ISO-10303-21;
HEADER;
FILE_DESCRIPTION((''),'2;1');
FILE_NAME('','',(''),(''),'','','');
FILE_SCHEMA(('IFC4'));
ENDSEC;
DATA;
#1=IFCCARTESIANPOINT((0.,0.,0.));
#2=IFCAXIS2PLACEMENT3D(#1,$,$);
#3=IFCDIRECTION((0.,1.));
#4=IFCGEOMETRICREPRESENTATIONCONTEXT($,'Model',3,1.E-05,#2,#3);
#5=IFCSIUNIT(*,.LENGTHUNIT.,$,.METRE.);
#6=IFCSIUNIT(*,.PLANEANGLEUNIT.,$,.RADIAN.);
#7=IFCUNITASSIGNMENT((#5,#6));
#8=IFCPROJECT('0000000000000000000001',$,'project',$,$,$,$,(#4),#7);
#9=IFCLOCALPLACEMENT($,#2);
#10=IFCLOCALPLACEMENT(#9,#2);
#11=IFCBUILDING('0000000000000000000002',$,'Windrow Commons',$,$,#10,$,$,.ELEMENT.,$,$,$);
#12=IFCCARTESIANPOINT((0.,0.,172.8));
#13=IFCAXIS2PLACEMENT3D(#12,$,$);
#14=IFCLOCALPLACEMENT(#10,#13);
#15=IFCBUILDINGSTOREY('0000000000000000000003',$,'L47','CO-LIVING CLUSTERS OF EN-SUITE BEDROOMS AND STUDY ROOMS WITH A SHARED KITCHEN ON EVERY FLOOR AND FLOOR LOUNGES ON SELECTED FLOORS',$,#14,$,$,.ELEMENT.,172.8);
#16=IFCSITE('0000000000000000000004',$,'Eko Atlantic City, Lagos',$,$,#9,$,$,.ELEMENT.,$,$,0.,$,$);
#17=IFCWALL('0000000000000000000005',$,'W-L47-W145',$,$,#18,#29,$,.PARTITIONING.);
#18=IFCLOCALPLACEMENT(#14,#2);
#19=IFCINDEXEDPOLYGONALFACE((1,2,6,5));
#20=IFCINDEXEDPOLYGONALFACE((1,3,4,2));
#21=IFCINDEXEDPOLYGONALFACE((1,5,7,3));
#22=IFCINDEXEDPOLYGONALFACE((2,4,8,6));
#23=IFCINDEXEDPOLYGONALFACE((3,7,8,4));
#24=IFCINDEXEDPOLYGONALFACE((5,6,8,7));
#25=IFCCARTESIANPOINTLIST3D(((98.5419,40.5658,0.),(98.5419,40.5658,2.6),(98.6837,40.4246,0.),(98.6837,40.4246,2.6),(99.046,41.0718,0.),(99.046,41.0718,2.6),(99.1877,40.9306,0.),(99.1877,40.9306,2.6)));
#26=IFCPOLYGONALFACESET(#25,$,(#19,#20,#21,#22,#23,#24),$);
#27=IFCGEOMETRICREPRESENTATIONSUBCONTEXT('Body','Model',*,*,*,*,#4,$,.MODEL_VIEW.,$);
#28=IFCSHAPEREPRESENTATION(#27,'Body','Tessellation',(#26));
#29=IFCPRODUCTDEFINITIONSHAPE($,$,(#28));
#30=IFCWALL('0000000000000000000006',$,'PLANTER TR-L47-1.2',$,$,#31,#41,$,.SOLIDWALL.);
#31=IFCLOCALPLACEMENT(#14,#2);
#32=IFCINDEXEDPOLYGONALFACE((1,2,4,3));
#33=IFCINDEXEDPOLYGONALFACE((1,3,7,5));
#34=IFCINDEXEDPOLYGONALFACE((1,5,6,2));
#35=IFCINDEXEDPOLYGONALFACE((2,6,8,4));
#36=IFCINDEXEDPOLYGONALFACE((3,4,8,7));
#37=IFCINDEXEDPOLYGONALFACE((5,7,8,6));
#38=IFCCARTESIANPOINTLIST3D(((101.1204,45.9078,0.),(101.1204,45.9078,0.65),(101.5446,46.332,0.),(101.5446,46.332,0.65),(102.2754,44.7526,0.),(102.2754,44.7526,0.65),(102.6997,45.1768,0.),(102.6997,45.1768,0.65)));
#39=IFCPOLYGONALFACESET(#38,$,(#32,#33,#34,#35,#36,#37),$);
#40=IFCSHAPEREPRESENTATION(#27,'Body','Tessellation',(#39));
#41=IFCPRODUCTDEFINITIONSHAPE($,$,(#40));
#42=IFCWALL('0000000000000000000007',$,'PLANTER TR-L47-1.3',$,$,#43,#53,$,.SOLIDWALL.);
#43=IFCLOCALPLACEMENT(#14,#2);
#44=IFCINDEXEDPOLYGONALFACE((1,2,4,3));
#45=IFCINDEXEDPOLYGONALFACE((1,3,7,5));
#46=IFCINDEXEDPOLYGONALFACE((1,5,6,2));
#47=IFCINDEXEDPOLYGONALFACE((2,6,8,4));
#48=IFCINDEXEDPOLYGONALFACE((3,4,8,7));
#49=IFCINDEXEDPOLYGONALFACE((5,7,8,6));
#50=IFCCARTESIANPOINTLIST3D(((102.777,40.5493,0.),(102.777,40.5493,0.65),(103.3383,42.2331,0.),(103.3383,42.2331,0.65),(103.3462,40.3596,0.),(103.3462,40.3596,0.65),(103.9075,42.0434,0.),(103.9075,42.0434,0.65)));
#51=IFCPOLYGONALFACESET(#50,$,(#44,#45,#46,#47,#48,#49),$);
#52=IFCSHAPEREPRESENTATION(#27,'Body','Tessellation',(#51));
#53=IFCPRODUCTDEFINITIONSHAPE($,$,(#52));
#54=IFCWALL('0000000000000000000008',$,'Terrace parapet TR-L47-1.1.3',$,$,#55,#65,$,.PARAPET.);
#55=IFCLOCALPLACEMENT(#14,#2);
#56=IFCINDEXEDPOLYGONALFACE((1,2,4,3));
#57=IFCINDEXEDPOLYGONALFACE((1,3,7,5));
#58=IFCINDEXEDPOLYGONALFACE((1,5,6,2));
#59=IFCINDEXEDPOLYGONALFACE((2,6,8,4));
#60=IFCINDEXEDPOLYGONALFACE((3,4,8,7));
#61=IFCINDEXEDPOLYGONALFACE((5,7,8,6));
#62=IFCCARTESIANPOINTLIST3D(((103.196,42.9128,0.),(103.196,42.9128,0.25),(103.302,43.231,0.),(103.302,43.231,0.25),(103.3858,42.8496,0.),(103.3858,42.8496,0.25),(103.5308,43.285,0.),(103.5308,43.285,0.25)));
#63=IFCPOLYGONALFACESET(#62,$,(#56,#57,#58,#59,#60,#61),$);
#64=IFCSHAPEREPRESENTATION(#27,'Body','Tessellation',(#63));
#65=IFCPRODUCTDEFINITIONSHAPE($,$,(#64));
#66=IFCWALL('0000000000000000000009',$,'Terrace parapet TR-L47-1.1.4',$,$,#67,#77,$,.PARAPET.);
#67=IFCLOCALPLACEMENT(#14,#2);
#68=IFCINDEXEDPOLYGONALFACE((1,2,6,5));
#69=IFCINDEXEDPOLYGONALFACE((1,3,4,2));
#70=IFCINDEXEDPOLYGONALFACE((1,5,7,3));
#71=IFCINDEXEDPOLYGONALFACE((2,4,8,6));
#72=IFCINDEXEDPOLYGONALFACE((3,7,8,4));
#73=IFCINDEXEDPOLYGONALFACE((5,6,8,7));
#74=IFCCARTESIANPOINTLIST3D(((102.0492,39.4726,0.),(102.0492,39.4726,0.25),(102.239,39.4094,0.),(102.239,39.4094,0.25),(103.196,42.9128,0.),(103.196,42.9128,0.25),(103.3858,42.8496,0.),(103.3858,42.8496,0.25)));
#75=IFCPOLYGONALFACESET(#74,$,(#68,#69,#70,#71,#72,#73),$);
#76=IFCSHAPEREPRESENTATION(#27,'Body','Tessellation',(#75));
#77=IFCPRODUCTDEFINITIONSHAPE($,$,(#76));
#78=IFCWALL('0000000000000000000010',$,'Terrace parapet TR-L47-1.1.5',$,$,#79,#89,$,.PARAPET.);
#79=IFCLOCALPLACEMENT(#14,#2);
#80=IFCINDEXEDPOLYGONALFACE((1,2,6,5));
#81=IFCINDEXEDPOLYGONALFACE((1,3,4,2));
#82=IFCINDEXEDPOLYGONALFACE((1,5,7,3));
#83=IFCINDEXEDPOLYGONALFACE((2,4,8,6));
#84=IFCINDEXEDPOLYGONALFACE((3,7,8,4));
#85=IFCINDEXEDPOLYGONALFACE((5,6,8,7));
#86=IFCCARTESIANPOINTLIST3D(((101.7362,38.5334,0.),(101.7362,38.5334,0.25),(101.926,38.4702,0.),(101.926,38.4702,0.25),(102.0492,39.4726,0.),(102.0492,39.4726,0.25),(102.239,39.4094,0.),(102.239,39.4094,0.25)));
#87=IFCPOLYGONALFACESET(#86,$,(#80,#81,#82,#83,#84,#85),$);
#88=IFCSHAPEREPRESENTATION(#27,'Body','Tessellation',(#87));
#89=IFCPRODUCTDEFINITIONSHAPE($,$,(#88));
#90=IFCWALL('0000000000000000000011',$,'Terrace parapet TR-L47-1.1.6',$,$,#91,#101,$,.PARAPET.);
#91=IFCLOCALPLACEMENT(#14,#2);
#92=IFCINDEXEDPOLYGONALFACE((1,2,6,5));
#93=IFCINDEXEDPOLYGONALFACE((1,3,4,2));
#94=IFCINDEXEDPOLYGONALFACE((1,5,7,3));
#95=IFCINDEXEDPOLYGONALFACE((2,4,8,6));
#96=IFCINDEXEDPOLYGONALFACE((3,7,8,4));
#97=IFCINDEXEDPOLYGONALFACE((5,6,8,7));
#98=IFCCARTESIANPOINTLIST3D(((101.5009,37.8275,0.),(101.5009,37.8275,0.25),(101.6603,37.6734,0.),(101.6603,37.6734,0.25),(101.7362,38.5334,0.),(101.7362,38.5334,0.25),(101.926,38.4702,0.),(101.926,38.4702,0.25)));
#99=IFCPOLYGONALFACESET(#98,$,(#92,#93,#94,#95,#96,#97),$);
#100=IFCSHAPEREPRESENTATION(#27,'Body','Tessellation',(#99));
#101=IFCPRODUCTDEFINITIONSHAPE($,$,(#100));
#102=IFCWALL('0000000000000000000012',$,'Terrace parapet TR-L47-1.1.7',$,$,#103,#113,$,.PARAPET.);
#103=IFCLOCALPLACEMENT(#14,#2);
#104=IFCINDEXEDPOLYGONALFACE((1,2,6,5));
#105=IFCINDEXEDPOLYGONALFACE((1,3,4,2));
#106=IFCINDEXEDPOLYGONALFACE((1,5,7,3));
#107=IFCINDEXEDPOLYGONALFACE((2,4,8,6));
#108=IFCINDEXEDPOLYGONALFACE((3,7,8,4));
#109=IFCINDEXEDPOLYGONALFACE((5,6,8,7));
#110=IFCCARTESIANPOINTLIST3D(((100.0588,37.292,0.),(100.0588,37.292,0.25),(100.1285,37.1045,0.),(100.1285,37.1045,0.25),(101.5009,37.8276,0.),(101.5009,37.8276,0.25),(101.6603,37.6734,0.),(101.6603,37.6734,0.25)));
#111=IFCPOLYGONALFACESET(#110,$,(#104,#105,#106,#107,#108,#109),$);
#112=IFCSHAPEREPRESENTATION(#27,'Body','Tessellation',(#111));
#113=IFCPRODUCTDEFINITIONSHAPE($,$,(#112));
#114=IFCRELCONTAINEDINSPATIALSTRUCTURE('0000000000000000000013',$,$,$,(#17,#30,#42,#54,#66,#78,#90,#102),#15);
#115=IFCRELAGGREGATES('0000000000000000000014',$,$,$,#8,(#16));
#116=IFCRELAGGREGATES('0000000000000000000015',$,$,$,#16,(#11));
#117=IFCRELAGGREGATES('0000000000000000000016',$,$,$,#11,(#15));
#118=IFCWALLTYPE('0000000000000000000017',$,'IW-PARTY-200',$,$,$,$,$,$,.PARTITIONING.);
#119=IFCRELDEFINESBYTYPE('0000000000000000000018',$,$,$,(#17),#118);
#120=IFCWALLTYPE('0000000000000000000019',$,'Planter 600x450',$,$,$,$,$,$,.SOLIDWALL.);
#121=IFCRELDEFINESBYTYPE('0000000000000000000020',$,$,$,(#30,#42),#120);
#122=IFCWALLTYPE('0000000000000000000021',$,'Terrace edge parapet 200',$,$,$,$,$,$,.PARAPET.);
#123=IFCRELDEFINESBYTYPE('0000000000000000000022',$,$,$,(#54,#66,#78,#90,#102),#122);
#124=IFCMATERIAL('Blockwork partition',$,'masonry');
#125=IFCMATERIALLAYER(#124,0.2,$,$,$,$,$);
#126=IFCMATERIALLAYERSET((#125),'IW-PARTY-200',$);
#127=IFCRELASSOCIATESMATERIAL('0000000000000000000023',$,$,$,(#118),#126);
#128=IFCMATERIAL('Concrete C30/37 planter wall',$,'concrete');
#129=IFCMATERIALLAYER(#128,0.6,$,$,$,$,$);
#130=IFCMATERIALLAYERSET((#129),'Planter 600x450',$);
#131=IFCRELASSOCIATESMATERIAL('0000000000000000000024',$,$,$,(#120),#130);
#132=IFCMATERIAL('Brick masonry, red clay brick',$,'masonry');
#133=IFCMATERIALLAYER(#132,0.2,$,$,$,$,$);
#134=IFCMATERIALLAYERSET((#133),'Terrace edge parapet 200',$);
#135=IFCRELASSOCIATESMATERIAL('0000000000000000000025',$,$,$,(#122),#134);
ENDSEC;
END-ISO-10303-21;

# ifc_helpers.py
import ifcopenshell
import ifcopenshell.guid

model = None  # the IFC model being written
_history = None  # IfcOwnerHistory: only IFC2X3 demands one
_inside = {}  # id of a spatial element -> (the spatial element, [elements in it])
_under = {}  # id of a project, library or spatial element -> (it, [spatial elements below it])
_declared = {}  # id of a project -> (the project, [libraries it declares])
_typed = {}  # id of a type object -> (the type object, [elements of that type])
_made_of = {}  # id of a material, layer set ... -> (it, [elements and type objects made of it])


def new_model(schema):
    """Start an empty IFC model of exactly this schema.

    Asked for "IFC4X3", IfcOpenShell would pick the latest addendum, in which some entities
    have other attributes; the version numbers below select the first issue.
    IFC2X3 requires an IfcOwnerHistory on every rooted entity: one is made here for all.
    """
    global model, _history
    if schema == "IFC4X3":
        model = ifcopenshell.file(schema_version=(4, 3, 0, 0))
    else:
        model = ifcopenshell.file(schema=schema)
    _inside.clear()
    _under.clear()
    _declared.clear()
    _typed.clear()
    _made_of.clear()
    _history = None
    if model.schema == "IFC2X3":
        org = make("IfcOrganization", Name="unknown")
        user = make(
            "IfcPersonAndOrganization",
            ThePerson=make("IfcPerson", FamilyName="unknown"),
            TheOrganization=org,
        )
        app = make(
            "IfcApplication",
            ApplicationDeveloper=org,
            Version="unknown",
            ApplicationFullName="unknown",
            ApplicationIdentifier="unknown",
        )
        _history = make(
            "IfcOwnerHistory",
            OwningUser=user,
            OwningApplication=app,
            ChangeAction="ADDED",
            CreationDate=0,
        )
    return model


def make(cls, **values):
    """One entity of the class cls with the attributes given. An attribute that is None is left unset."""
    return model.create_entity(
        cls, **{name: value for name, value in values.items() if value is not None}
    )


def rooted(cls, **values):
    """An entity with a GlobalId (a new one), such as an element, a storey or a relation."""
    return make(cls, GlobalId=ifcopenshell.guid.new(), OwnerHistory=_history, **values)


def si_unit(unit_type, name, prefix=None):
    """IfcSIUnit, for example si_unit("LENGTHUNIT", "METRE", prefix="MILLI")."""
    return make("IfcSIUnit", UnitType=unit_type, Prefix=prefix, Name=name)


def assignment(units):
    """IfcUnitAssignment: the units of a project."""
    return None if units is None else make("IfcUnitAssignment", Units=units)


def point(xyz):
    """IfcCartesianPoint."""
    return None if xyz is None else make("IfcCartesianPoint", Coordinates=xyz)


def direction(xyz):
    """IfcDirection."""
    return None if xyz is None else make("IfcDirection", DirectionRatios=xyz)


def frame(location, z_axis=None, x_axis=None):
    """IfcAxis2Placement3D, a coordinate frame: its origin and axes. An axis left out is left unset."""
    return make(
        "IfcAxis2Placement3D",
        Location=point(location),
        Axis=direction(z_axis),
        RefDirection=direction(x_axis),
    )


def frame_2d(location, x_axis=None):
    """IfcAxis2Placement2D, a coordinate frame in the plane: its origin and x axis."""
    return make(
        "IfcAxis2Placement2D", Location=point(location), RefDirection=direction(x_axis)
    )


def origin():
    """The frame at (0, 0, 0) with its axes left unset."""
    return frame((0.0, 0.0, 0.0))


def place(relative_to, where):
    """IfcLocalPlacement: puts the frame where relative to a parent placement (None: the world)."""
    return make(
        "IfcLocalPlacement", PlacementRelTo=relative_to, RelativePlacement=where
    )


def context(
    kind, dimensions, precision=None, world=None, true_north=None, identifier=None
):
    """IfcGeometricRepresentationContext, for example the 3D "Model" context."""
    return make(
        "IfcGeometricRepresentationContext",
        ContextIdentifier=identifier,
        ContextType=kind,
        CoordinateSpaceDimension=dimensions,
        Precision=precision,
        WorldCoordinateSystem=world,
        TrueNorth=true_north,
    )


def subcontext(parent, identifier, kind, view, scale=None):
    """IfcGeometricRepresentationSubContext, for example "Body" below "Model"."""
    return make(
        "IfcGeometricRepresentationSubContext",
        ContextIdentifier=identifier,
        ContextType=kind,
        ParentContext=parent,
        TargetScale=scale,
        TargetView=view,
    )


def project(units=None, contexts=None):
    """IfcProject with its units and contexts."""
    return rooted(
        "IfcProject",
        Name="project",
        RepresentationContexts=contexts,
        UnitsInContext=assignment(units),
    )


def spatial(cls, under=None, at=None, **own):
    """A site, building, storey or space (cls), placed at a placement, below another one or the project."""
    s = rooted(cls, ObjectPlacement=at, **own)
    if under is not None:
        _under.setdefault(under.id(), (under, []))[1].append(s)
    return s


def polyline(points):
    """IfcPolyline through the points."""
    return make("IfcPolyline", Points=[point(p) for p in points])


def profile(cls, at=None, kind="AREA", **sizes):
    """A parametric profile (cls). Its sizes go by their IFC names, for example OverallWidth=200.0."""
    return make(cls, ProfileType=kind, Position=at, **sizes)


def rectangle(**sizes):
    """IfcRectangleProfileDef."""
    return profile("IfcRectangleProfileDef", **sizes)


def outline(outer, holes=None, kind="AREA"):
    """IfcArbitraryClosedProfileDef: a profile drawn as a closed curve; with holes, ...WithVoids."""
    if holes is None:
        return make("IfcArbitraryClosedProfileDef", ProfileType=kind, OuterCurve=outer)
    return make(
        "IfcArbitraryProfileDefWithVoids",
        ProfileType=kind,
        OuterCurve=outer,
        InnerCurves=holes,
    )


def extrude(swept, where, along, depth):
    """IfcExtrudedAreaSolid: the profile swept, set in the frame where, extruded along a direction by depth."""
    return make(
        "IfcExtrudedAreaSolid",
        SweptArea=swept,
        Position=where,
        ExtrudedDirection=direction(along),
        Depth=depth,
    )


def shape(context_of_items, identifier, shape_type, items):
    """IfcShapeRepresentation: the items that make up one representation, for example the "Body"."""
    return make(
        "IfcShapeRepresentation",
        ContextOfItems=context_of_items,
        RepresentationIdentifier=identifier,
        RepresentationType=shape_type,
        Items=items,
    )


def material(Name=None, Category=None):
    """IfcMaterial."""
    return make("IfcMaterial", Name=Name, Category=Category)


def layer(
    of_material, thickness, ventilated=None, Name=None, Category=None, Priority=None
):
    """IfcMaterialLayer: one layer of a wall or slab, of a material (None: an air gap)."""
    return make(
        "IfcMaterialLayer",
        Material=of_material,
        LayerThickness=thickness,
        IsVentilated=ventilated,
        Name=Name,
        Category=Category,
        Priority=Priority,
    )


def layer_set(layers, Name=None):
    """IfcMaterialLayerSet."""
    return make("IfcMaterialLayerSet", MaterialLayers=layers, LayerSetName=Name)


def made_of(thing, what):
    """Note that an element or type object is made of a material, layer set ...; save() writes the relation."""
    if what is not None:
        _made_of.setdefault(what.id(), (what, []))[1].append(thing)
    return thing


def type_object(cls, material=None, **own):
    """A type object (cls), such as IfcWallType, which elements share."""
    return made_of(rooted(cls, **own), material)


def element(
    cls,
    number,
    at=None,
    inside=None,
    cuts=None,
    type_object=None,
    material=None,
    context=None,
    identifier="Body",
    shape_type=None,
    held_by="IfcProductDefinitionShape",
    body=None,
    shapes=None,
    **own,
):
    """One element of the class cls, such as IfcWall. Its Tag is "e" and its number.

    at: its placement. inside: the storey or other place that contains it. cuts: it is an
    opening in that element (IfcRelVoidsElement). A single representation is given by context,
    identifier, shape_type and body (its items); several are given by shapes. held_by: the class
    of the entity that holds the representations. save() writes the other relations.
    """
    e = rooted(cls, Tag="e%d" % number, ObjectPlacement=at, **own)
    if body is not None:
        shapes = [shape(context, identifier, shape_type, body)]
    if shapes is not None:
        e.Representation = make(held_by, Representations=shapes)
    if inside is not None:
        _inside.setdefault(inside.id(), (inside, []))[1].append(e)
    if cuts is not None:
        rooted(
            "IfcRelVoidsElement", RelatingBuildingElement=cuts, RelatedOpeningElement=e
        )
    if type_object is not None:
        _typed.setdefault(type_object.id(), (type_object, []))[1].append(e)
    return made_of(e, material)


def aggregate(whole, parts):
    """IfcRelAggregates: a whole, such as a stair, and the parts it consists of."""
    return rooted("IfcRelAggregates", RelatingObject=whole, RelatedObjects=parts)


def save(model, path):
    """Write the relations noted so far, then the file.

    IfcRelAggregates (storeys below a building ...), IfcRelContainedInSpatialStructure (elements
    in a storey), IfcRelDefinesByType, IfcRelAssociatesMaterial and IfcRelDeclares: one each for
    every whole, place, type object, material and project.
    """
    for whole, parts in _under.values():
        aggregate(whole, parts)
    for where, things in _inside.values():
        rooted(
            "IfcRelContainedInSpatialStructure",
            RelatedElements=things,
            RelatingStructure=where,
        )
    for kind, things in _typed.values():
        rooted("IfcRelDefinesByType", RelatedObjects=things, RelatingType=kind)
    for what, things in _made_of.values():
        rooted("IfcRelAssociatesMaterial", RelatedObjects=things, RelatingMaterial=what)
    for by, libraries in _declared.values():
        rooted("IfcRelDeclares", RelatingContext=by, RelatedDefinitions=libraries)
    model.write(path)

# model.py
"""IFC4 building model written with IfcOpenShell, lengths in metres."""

from ifc_helpers import new_model, si_unit, direction, frame, frame_2d, origin, place, context, subcontext, project, spatial, polyline, rectangle, outline, extrude, material, layer, layer_set, type_object, element, save


model = new_model("IFC4")

# Units and contexts
model_context = context("Model", 3, precision=1e-05, world=origin(), true_north=direction((0.0, 1.0)))
body_context = subcontext(model_context, "Body", "Model", "MODEL_VIEW")
ifc_project = project(units=[si_unit("LENGTHUNIT", "METRE"), si_unit("PLANEANGLEUNIT", "RADIAN")], contexts=[model_context])

# Site, building, storey
site_placement = place(None, origin())
site = spatial("IfcSite", under=ifc_project, at=site_placement, Name="Eko Atlantic City, Lagos", CompositionType="ELEMENT", RefElevation=0.0)
building_placement = place(site_placement, origin())
building = spatial("IfcBuilding", under=site, at=building_placement, Name="Windrow Commons", CompositionType="ELEMENT")
storey_placement = place(building_placement, frame((0.0, 0.0, 172.8)))
storey = spatial("IfcBuildingStorey", under=building, at=storey_placement, Name="L47", Description="CO-LIVING CLUSTERS OF EN-SUITE BEDROOMS AND STUDY ROOMS WITH A SHARED KITCHEN ON EVERY FLOOR AND FLOOR LOUNGES ON SELECTED FLOORS", CompositionType="ELEMENT", Elevation=172.8)

# Walls
ifc_material_1 = material(Name="Blockwork partition", Category="masonry")
ifc_layer_1 = layer(ifc_material_1, 0.2)
ifc_layer_set_1 = layer_set([ifc_layer_1], Name="IW-PARTY-200")
wall_type_1 = type_object("IfcWallType", Name="IW-PARTY-200", PredefinedType="PARTITIONING", material=ifc_layer_set_1)
wall_1_placement = place(storey_placement, frame((98.6128, 40.4952, 0.0), z_axis=(0.0, 0.0, 1.0), x_axis=(0.705705, 0.708506, 0.0)))
element("IfcWall", 1, at=wall_1_placement, inside=storey, type_object=wall_type_1, Name="W-L47-W145", PredefinedType="PARTITIONING", context=body_context, shape_type="SweptSolid", body=[
    extrude(rectangle(XDim=0.7142, YDim=0.2, at=frame_2d((0.3571, 0.0))), origin(), (0.0, 0.0, 1.0), 2.6),
])
ifc_material_2 = material(Name="Concrete C30/37 planter wall", Category="concrete")
ifc_layer_2 = layer(ifc_material_2, 0.6)
ifc_layer_set_2 = layer_set([ifc_layer_2], Name="Planter 600x450")
wall_type_2 = type_object("IfcWallType", Name="Planter 600x450", PredefinedType="SOLIDWALL", material=ifc_layer_set_2)
wall_2_placement = place(storey_placement, frame((101.3325, 46.1199, 0.0), z_axis=(0.0, 0.0, 1.0), x_axis=(0.707076, -0.707137, 0.0)))
element("IfcWall", 2, at=wall_2_placement, inside=storey, type_object=wall_type_2, Name="PLANTER TR-L47-1.2", PredefinedType="SOLIDWALL", context=body_context, shape_type="SweptSolid", body=[
    extrude(rectangle(XDim=1.6336, YDim=0.6, at=frame_2d((0.8168, 0.0))), origin(), (0.0, 0.0, 1.0), 0.65),
])
wall_3_placement = place(storey_placement, frame((103.6229, 42.1382, 0.0), z_axis=(0.0, 0.0, 1.0), x_axis=(-0.316245, -0.948678, 0.0)))
element("IfcWall", 3, at=wall_3_placement, inside=storey, type_object=wall_type_2, Name="PLANTER TR-L47-1.3", PredefinedType="SOLIDWALL", context=body_context, shape_type="SweptSolid", body=[
    extrude(rectangle(XDim=1.7749, YDim=0.6, at=frame_2d((0.8874, 0.0))), origin(), (0.0, 0.0, 1.0), 0.65),
])
ifc_material_3 = material(Name="Brick masonry, red clay brick", Category="masonry")
ifc_layer_3 = layer(ifc_material_3, 0.2)
ifc_layer_set_3 = layer_set([ifc_layer_3], Name="Terrace edge parapet 200")
wall_type_3 = type_object("IfcWallType", Name="Terrace edge parapet 200", PredefinedType="PARAPET", material=ifc_layer_set_3)
wall_4_placement = place(storey_placement, frame((103.4164, 43.258, 0.0), z_axis=(0.0, 0.0, 1.0), x_axis=(-0.316001, -0.948759, 0.0)))
element("IfcWall", 4, at=wall_4_placement, inside=storey, type_object=wall_type_3, Name="Terrace parapet TR-L47-1.1.3", PredefinedType="PARAPET", context=body_context, shape_type="SweptSolid", body=[
    extrude(outline(polyline([(0.0618, -0.1), (0.3972, -0.1), (0.3972, 0.1), (-0.0618, 0.1), (0.0618, -0.1)])), origin(), (0.0, 0.0, 1.0), 0.25),
])
wall_5_placement = place(storey_placement, frame((103.2909, 42.8812, 0.0), z_axis=(0.0, 0.0, 1.0), x_axis=(-0.316244, -0.948678, 0.0)))
element("IfcWall", 5, at=wall_5_placement, inside=storey, type_object=wall_type_3, Name="Terrace parapet TR-L47-1.1.4", PredefinedType="PARAPET", context=body_context, shape_type="SweptSolid", body=[
    extrude(outline(polyline([(0.0, -0.1), (3.6263, -0.1), (3.6263, 0.1), (0.0, 0.1), (0.0, -0.1)])), origin(), (0.0, 0.0, 1.0), 0.25),
])
wall_6_placement = place(storey_placement, frame((102.1441, 39.441, 0.0), z_axis=(0.0, 0.0, 1.0), x_axis=(-0.316167, -0.948703, 0.0)))
element("IfcWall", 6, at=wall_6_placement, inside=storey, type_object=wall_type_3, Name="Terrace parapet TR-L47-1.1.5", PredefinedType="PARAPET", context=body_context, shape_type="SweptSolid", body=[
    extrude(outline(polyline([(0.0, -0.1), (0.99, -0.1), (0.99, 0.1), (0.0, 0.1), (0.0, -0.1)])), origin(), (0.0, 0.0, 1.0), 0.25),
])
wall_7_placement = place(storey_placement, frame((101.8311, 38.5018, 0.0), z_axis=(0.0, 0.0, 1.0), x_axis=(-0.316304, -0.948658, 0.0)))
element("IfcWall", 7, at=wall_7_placement, inside=storey, type_object=wall_type_3, Name="Terrace parapet TR-L47-1.1.6", PredefinedType="PARAPET", context=body_context, shape_type="SweptSolid", body=[
    extrude(outline(polyline([(0.0, -0.1), (0.7441, -0.1), (0.8399, 0.1), (0.0, 0.1), (0.0, -0.1)])), origin(), (0.0, 0.0, 1.0), 0.25),
])
wall_8_placement = place(storey_placement, frame((101.5806, 37.7505, 0.0), z_axis=(0.0, 0.0, 1.0), x_axis=(-0.937428, -0.348179, 0.0)))
element("IfcWall", 8, at=wall_8_placement, inside=storey, type_object=wall_type_3, Name="Terrace parapet TR-L47-1.1.7", PredefinedType="PARAPET", context=body_context, shape_type="SweptSolid", body=[
    extrude(outline(polyline([(0.0479, -0.1), (1.5862, -0.1), (1.5862, 0.1), (-0.0479, 0.1), (0.0479, -0.1)])), origin(), (0.0, 0.0, 1.0), 0.25),
])

save(model, "model.ifc")
